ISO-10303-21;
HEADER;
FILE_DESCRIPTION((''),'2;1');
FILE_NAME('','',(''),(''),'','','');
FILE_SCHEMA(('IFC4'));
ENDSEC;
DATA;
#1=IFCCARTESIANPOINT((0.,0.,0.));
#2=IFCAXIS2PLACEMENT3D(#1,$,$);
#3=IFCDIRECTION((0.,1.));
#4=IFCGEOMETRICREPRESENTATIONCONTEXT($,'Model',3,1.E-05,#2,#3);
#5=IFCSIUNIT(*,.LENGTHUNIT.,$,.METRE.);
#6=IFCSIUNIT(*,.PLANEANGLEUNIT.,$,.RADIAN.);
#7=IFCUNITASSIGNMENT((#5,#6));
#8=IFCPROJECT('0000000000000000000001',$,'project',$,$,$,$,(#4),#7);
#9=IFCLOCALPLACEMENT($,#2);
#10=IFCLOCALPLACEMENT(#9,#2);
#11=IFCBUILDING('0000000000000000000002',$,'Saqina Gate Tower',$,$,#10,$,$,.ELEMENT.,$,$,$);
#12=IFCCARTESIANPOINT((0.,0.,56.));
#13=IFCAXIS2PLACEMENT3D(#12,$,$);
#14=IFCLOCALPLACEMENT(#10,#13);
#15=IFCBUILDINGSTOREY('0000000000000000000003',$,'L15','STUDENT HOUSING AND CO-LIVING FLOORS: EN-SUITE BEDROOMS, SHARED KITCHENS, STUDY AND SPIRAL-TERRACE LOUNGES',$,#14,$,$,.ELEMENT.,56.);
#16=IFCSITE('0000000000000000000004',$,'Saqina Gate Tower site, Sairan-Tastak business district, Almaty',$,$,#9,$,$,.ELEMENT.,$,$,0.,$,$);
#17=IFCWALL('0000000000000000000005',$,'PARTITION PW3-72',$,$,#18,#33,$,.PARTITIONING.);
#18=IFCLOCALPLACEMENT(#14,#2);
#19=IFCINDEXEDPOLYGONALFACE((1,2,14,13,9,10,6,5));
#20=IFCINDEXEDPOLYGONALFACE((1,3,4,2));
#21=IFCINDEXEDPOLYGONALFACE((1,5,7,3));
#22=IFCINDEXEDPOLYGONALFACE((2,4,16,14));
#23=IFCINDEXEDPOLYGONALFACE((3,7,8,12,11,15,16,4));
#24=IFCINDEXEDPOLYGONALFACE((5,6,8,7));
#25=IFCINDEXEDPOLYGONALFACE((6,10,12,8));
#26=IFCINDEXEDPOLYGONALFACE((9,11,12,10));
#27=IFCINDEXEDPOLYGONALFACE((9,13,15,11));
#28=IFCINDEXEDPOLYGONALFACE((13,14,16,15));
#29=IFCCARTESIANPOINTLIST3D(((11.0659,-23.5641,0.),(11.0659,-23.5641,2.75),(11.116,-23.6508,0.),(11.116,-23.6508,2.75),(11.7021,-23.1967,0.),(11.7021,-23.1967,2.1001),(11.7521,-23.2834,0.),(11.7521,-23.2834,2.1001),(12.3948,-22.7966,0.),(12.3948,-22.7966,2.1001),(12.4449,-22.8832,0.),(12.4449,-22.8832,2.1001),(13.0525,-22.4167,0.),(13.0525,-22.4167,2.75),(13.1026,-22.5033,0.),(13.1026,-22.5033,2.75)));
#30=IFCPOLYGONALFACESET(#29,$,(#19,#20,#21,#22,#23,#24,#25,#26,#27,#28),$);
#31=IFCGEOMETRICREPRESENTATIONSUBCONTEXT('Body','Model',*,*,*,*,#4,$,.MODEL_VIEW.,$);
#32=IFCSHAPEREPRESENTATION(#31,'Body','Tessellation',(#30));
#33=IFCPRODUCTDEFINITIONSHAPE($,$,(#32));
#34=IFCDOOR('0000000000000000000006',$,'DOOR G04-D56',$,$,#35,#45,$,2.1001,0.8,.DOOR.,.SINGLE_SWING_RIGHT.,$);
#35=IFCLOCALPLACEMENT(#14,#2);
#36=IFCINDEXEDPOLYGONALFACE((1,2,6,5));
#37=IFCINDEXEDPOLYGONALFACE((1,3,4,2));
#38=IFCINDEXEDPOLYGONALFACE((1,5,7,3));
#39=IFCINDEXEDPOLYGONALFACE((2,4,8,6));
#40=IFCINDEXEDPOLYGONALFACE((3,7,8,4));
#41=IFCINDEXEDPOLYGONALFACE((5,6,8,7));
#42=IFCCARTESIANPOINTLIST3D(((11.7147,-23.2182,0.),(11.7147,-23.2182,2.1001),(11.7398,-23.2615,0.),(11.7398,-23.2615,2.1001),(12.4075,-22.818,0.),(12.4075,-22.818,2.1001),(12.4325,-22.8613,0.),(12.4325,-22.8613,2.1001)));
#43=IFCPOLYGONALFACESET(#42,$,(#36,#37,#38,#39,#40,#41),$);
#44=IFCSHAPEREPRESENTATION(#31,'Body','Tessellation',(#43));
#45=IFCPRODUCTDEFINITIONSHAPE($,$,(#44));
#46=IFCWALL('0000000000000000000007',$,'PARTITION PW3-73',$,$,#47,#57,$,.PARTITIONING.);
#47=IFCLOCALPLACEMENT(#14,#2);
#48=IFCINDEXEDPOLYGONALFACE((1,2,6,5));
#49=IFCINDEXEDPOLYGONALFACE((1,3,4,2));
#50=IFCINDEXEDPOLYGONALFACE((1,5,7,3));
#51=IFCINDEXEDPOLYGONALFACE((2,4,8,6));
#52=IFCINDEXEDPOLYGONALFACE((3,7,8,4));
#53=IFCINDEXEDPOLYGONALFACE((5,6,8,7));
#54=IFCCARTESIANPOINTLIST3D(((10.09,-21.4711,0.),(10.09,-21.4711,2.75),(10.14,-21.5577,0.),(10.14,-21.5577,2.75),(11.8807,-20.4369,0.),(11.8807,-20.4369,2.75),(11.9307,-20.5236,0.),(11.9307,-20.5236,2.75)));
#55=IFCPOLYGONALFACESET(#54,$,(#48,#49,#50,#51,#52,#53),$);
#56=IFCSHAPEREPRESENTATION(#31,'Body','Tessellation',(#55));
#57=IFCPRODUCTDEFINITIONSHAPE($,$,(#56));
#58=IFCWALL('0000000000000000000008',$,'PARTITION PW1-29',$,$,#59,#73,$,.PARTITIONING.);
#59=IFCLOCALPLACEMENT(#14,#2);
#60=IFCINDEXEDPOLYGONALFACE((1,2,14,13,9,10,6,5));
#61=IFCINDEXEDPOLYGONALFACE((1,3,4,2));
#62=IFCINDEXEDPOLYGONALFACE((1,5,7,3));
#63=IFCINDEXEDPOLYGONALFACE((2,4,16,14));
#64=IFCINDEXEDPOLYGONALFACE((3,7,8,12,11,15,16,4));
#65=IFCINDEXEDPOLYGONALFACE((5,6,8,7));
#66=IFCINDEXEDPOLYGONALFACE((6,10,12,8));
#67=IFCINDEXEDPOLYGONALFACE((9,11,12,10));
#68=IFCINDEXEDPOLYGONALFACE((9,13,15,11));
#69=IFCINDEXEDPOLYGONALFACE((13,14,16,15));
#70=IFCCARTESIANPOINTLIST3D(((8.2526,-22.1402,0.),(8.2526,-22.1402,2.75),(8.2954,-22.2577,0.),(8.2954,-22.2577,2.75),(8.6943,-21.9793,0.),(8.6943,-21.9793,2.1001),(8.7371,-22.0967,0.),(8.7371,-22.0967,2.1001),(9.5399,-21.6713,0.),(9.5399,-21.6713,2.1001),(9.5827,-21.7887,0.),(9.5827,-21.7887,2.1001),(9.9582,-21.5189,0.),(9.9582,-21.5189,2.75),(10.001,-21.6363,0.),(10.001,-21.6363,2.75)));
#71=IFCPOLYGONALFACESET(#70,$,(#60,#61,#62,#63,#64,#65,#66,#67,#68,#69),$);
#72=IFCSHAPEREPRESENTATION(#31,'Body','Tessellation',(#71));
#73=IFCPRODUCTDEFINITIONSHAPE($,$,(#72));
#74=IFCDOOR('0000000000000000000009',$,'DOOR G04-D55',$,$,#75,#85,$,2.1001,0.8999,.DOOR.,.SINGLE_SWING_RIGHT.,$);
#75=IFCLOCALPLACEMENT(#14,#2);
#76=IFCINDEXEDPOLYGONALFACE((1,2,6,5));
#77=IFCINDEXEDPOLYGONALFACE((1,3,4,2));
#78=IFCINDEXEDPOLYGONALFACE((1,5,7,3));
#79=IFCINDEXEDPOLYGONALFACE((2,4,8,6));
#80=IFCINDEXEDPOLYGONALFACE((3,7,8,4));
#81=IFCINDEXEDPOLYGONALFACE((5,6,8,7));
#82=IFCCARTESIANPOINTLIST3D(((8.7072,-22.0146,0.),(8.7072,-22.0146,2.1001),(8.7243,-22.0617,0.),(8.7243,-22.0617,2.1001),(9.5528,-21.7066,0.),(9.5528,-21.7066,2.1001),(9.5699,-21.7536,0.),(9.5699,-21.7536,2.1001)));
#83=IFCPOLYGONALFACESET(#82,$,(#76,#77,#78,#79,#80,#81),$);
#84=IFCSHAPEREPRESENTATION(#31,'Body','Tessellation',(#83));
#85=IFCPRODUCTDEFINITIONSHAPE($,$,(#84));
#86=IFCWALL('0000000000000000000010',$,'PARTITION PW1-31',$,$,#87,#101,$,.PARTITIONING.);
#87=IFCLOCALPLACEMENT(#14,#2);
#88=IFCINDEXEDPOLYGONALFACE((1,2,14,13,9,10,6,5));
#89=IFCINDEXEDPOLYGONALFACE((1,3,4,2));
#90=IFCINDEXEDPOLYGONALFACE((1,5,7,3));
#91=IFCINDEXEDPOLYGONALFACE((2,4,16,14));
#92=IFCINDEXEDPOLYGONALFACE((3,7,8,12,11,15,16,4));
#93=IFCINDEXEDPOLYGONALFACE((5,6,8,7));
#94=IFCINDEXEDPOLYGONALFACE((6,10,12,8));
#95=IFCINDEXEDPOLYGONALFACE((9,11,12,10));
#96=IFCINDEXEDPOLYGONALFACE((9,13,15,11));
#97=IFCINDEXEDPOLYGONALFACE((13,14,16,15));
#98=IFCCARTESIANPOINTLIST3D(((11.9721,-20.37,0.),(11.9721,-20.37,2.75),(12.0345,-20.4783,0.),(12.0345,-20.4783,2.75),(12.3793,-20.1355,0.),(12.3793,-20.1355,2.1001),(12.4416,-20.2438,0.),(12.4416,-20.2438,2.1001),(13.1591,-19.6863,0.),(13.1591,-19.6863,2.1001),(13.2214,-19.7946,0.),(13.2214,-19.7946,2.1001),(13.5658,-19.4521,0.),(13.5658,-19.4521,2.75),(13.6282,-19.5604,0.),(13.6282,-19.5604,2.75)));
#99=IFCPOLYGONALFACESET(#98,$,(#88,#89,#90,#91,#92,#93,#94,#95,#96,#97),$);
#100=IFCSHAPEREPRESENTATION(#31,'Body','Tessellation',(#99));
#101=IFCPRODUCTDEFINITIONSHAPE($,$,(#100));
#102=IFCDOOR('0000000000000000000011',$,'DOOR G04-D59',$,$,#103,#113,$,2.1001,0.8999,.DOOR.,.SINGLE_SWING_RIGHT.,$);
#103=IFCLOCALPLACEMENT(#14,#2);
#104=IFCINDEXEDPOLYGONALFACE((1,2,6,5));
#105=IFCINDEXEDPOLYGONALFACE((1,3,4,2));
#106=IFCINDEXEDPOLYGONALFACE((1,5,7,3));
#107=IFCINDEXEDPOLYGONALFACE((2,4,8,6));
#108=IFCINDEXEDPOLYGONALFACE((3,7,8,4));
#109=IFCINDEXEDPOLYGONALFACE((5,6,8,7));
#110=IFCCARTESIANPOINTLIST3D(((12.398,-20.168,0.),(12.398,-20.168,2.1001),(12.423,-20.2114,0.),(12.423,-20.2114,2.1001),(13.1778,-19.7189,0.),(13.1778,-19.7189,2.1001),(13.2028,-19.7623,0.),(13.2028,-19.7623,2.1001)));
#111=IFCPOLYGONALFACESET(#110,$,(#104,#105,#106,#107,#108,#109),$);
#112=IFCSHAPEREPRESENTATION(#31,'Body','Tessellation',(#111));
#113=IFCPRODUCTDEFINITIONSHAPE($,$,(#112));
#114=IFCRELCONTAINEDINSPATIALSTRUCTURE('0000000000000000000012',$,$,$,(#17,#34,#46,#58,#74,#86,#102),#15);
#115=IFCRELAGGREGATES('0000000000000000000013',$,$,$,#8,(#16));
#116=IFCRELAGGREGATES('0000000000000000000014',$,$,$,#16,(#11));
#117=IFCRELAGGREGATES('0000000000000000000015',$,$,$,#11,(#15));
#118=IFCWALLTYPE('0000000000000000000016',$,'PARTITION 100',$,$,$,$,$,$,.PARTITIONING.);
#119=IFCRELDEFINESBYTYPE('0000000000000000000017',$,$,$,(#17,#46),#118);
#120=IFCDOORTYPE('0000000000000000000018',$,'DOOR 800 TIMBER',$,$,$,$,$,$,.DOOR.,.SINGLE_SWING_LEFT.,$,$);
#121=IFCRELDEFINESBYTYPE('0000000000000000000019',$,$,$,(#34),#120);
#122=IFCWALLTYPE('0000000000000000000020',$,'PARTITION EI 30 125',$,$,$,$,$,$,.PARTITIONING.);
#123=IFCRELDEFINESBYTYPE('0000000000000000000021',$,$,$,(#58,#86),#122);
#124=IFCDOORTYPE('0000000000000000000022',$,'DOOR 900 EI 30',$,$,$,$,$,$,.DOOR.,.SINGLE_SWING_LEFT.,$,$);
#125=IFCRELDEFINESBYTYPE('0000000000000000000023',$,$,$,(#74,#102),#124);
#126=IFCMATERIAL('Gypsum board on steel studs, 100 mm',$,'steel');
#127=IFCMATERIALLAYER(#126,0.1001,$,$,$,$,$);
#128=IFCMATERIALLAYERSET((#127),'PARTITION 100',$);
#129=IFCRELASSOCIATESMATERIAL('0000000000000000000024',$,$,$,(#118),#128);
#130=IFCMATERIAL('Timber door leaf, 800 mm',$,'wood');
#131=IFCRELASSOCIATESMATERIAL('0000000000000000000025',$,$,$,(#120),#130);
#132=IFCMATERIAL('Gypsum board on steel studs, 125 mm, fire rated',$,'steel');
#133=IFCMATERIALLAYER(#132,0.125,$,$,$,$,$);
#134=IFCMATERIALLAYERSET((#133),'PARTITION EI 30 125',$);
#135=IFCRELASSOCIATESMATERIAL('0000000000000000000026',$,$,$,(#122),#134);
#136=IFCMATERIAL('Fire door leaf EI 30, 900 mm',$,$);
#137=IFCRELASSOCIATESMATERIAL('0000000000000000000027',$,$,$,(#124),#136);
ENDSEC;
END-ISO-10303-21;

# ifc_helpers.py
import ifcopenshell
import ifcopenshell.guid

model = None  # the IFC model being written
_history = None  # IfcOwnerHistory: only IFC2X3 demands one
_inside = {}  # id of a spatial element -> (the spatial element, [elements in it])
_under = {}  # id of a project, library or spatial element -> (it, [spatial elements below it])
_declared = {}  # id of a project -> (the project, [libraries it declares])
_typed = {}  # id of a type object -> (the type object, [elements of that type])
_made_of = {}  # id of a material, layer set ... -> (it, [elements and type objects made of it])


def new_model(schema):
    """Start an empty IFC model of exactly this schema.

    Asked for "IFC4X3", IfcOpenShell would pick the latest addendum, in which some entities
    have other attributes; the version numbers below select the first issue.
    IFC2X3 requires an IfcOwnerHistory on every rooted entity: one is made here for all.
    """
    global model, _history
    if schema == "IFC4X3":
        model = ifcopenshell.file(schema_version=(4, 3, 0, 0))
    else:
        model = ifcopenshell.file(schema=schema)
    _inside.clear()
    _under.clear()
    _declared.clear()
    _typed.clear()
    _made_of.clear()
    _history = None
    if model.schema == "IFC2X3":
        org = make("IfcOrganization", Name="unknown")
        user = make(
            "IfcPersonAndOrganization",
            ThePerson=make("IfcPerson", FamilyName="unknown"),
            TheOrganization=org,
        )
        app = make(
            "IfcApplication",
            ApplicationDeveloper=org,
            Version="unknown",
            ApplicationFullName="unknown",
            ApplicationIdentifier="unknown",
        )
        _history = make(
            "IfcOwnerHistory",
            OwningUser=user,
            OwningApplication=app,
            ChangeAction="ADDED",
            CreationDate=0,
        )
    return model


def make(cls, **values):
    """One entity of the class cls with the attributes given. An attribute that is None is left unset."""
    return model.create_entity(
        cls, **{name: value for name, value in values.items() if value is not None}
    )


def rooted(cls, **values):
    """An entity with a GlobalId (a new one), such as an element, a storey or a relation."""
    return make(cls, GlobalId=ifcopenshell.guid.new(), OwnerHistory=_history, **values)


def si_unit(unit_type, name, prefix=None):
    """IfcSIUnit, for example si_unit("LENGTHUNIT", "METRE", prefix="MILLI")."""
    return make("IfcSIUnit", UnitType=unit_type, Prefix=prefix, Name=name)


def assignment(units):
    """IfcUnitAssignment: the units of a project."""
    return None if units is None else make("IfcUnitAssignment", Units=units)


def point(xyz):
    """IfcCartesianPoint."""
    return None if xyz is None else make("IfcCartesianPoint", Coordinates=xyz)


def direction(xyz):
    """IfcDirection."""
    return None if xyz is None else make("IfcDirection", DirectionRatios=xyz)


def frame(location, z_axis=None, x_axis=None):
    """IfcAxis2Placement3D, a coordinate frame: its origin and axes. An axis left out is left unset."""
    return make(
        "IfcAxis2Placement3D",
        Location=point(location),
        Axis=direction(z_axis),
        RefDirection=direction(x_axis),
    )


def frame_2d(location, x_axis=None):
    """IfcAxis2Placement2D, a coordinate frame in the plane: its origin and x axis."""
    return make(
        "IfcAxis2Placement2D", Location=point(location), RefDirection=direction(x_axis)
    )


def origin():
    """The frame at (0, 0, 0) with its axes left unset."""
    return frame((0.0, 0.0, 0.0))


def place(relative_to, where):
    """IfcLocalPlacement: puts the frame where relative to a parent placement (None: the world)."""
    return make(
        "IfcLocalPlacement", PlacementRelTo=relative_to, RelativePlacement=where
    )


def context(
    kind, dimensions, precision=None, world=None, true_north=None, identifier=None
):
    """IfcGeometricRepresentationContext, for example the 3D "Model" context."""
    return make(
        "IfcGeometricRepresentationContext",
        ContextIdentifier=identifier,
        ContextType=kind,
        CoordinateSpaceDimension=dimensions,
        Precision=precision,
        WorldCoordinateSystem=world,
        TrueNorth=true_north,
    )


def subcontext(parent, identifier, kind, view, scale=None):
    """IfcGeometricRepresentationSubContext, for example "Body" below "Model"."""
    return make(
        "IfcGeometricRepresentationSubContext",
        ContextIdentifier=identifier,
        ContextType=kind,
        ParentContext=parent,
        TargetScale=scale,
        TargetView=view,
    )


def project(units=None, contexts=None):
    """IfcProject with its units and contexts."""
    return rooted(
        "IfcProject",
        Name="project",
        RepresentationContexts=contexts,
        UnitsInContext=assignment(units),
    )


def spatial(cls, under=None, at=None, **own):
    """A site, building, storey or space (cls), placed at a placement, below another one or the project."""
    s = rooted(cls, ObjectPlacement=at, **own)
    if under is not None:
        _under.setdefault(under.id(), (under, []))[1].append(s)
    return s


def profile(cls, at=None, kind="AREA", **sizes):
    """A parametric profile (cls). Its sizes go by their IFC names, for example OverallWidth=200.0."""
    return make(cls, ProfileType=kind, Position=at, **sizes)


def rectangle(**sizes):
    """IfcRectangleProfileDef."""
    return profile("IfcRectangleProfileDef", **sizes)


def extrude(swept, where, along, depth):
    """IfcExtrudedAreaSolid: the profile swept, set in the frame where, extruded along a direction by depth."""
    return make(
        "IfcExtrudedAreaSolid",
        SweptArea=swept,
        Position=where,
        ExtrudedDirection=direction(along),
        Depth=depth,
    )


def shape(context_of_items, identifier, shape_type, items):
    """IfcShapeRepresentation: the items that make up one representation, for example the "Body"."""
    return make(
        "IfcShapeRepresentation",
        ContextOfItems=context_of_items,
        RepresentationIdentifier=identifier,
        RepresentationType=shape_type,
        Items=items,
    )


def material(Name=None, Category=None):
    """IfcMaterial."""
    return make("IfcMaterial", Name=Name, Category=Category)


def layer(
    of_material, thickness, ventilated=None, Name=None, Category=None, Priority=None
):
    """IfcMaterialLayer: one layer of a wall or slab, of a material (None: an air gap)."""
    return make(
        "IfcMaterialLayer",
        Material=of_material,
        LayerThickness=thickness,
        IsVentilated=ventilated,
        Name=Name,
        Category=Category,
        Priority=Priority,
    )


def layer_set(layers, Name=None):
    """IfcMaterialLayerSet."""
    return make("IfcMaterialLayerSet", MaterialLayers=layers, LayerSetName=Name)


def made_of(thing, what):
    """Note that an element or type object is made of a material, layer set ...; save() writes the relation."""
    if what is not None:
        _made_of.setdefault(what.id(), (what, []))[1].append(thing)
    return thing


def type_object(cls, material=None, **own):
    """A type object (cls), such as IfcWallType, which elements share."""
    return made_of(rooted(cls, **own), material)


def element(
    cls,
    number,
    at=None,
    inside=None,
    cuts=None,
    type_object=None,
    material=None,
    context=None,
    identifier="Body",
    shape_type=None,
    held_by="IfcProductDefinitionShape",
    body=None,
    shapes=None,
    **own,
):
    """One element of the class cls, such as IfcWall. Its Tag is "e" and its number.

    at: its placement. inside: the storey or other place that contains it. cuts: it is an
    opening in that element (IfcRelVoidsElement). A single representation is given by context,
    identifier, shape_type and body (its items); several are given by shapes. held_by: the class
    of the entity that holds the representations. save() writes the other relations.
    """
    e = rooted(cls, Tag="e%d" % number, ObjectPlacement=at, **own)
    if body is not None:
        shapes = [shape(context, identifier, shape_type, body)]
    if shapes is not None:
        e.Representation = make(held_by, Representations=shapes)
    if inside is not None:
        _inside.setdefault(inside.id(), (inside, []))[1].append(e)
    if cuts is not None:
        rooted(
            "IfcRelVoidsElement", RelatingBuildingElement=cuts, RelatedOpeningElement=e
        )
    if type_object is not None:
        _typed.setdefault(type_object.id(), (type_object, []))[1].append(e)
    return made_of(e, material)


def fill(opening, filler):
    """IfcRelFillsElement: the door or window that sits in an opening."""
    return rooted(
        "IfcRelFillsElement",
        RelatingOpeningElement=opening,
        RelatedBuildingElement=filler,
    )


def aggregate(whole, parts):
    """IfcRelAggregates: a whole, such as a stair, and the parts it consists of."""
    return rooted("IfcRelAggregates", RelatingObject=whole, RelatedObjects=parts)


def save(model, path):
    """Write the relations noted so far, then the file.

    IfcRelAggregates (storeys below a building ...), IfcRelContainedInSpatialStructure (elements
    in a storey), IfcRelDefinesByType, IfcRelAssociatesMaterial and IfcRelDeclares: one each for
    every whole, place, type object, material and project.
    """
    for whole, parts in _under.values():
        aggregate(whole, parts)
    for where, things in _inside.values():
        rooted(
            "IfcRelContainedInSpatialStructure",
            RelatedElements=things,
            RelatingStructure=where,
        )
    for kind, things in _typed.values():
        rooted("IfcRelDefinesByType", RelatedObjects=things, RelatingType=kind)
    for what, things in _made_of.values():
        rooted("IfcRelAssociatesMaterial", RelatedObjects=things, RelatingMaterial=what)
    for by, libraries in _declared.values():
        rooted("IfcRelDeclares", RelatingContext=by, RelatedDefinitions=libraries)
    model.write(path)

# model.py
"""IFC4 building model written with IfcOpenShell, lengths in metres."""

from ifc_helpers import new_model, si_unit, direction, frame, frame_2d, origin, place, context, subcontext, project, spatial, rectangle, extrude, material, layer, layer_set, type_object, element, fill, save


model = new_model("IFC4")

# Units and contexts
model_context = context("Model", 3, precision=1e-05, world=origin(), true_north=direction((0.0, 1.0)))
body_context = subcontext(model_context, "Body", "Model", "MODEL_VIEW")
ifc_project = project(units=[si_unit("LENGTHUNIT", "METRE"), si_unit("PLANEANGLEUNIT", "RADIAN")], contexts=[model_context])

# Site, building, storey
site_placement = place(None, origin())
site = spatial("IfcSite", under=ifc_project, at=site_placement, Name="Saqina Gate Tower site, Sairan-Tastak business district, Almaty", CompositionType="ELEMENT", RefElevation=0.0)
building_placement = place(site_placement, origin())
building = spatial("IfcBuilding", under=site, at=building_placement, Name="Saqina Gate Tower", CompositionType="ELEMENT")
storey_placement = place(building_placement, frame((0.0, 0.0, 56.0)))
storey = spatial("IfcBuildingStorey", under=building, at=storey_placement, Name="L15", Description="STUDENT HOUSING AND CO-LIVING FLOORS: EN-SUITE BEDROOMS, SHARED KITCHENS, STUDY AND SPIRAL-TERRACE LOUNGES", CompositionType="ELEMENT", Elevation=56.0)

# Shared definitions
ifc_material_1 = material(Name="Gypsum board on steel studs, 100 mm", Category="steel")
ifc_layer_1 = layer(ifc_material_1, 0.1001)
ifc_layer_set_1 = layer_set([ifc_layer_1], Name="PARTITION 100")
wall_type_1 = type_object("IfcWallType", Name="PARTITION 100", PredefinedType="PARTITIONING", material=ifc_layer_set_1)

# Shared definitions
ifc_material_2 = material(Name="Timber door leaf, 800 mm", Category="wood")
door_type_1 = type_object("IfcDoorType", Name="DOOR 800 TIMBER", OperationType="SINGLE_SWING_LEFT", PredefinedType="DOOR", material=ifc_material_2)

# Wall, opening, door
wall_1_placement = place(storey_placement, frame((11.0911, -23.6074, 0.0), z_axis=(0.0, 0.0, 1.0), x_axis=(0.865929, 0.500168, 0.0)))
wall_1 = element("IfcWall", 1, at=wall_1_placement, inside=storey, type_object=wall_type_1, Name="PARTITION PW3-72", PredefinedType="PARTITIONING", context=body_context, shape_type="SweptSolid", body=[
    extrude(rectangle(XDim=2.2942, YDim=0.1001, at=frame_2d((1.147, 0.0))), origin(), (0.0, 0.0, 1.0), 2.75),
])
opening_1_placement = place(wall_1_placement, frame((0.7346, 0.0, 0.0)))
opening_1 = element("IfcOpeningElement", 2, at=opening_1_placement, cuts=wall_1, PredefinedType="OPENING", context=body_context, shape_type="SweptSolid", body=[
    extrude(rectangle(XDim=0.8, YDim=2.1001, at=frame_2d((0.3999, 1.05))), frame((0.0, 0.062, 0.0), z_axis=(0.0, -1.0, 0.0), x_axis=(1.0, 0.0, 0.0)), (0.0, 0.0, 1.0), 0.124),
])
door_1_placement = place(opening_1_placement, frame((0.8, 0.0, 0.0), z_axis=(0.0, 0.0, 1.0), x_axis=(-1.0, 0.0, 0.0)))
door_1 = element("IfcDoor", 3, at=door_1_placement, inside=storey, type_object=door_type_1, Name="DOOR G04-D56", OperationType="SINGLE_SWING_RIGHT", OverallHeight=2.1001, OverallWidth=0.8, PredefinedType="DOOR", context=body_context, shape_type="SweptSolid", body=[
    extrude(rectangle(XDim=0.8, YDim=2.1001, at=frame_2d((0.3999, 1.05))), frame((0.0, 0.0249, 0.0), z_axis=(0.0, -1.0, 0.0), x_axis=(1.0, 0.0, 0.0)), (0.0, 0.0, 1.0), 0.05),
])
fill(opening_1, door_1)

# Wall
wall_2_placement = place(storey_placement, frame((10.115, -21.5144, 0.0), z_axis=(0.0, 0.0, 1.0), x_axis=(0.865967, 0.500101, 0.0)))
element("IfcWall", 4, at=wall_2_placement, inside=storey, type_object=wall_type_1, Name="PARTITION PW3-73", PredefinedType="PARTITIONING", context=body_context, shape_type="SweptSolid", body=[
    extrude(rectangle(XDim=2.0679, YDim=0.1001, at=frame_2d((1.0339, 0.0))), origin(), (0.0, 0.0, 1.0), 2.75),
])

# Walls, openings, doors
ifc_material_3 = material(Name="Gypsum board on steel studs, 125 mm, fire rated", Category="steel")
ifc_layer_2 = layer(ifc_material_3, 0.125)
ifc_layer_set_2 = layer_set([ifc_layer_2], Name="PARTITION EI 30 125")
wall_type_2 = type_object("IfcWallType", Name="PARTITION EI 30 125", PredefinedType="PARTITIONING", material=ifc_layer_set_2)
wall_3_placement = place(storey_placement, frame((8.2739, -22.199, 0.0), z_axis=(0.0, 0.0, 1.0), x_axis=(0.939593, 0.342294, 0.0)))
wall_3 = element("IfcWall", 5, at=wall_3_placement, inside=storey, type_object=wall_type_2, Name="PARTITION PW1-29", PredefinedType="PARTITIONING", context=body_context, shape_type="SweptSolid", body=[
    extrude(rectangle(XDim=1.8152, YDim=0.125, at=frame_2d((0.9077, 0.0))), origin(), (0.0, 0.0, 1.0), 2.75),
])
opening_2_placement = place(wall_3_placement, frame((0.4702, 0.0, 0.0)))
opening_2 = element("IfcOpeningElement", 6, at=opening_2_placement, cuts=wall_3, PredefinedType="OPENING", context=body_context, shape_type="SweptSolid", body=[
    extrude(rectangle(XDim=0.8999, YDim=2.1001, at=frame_2d((0.45, 1.05))), frame((0.0, 0.0745, 0.0), z_axis=(0.0, -1.0, 0.0), x_axis=(1.0, 0.0, 0.0)), (0.0, 0.0, 1.0), 0.1489),
])
ifc_material_4 = material(Name="Fire door leaf EI 30, 900 mm")
door_type_2 = type_object("IfcDoorType", Name="DOOR 900 EI 30", OperationType="SINGLE_SWING_LEFT", PredefinedType="DOOR", material=ifc_material_4)
door_2_placement = place(opening_2_placement, origin())
door_2 = element("IfcDoor", 7, at=door_2_placement, inside=storey, type_object=door_type_2, Name="DOOR G04-D55", OperationType="SINGLE_SWING_RIGHT", OverallHeight=2.1001, OverallWidth=0.8999, PredefinedType="DOOR", context=body_context, shape_type="SweptSolid", body=[
    extrude(rectangle(XDim=0.8999, YDim=2.1001, at=frame_2d((0.45, 1.05))), frame((0.0, 0.0249, 0.0), z_axis=(0.0, -1.0, 0.0), x_axis=(1.0, 0.0, 0.0)), (0.0, 0.0, 1.0), 0.05),
])
fill(opening_2, door_2)
wall_4_placement = place(storey_placement, frame((12.0034, -20.4241, 0.0), z_axis=(0.0, 0.0, 1.0), x_axis=(0.866539, 0.499109, 0.0)))
wall_4 = element("IfcWall", 8, at=wall_4_placement, inside=storey, type_object=wall_type_2, Name="PARTITION PW1-31", PredefinedType="PARTITIONING", context=body_context, shape_type="SweptSolid", body=[
    extrude(rectangle(XDim=1.8391, YDim=0.125, at=frame_2d((0.9194, 0.0))), origin(), (0.0, 0.0, 1.0), 2.75),
])
opening_3_placement = place(wall_4_placement, frame((0.4697, 0.0, 0.0)))
opening_3 = element("IfcOpeningElement", 9, at=opening_3_placement, cuts=wall_4, PredefinedType="OPENING", context=body_context, shape_type="SweptSolid", body=[
    extrude(rectangle(XDim=0.8999, YDim=2.1001, at=frame_2d((0.45, 1.05))), frame((0.0, 0.0745, 0.0), z_axis=(0.0, -1.0, 0.0), x_axis=(1.0, 0.0, 0.0)), (0.0, 0.0, 1.0), 0.1489),
])
door_3_placement = place(opening_3_placement, origin())
door_3 = element("IfcDoor", 10, at=door_3_placement, inside=storey, type_object=door_type_2, Name="DOOR G04-D59", OperationType="SINGLE_SWING_RIGHT", OverallHeight=2.1001, OverallWidth=0.8999, PredefinedType="DOOR", context=body_context, shape_type="SweptSolid", body=[
    extrude(rectangle(XDim=0.8999, YDim=2.1001, at=frame_2d((0.45, 1.05))), frame((0.0, 0.0249, 0.0), z_axis=(0.0, -1.0, 0.0), x_axis=(1.0, 0.0, 0.0)), (0.0, 0.0, 1.0), 0.05),
])
fill(opening_3, door_3)

save(model, "model.ifc")
